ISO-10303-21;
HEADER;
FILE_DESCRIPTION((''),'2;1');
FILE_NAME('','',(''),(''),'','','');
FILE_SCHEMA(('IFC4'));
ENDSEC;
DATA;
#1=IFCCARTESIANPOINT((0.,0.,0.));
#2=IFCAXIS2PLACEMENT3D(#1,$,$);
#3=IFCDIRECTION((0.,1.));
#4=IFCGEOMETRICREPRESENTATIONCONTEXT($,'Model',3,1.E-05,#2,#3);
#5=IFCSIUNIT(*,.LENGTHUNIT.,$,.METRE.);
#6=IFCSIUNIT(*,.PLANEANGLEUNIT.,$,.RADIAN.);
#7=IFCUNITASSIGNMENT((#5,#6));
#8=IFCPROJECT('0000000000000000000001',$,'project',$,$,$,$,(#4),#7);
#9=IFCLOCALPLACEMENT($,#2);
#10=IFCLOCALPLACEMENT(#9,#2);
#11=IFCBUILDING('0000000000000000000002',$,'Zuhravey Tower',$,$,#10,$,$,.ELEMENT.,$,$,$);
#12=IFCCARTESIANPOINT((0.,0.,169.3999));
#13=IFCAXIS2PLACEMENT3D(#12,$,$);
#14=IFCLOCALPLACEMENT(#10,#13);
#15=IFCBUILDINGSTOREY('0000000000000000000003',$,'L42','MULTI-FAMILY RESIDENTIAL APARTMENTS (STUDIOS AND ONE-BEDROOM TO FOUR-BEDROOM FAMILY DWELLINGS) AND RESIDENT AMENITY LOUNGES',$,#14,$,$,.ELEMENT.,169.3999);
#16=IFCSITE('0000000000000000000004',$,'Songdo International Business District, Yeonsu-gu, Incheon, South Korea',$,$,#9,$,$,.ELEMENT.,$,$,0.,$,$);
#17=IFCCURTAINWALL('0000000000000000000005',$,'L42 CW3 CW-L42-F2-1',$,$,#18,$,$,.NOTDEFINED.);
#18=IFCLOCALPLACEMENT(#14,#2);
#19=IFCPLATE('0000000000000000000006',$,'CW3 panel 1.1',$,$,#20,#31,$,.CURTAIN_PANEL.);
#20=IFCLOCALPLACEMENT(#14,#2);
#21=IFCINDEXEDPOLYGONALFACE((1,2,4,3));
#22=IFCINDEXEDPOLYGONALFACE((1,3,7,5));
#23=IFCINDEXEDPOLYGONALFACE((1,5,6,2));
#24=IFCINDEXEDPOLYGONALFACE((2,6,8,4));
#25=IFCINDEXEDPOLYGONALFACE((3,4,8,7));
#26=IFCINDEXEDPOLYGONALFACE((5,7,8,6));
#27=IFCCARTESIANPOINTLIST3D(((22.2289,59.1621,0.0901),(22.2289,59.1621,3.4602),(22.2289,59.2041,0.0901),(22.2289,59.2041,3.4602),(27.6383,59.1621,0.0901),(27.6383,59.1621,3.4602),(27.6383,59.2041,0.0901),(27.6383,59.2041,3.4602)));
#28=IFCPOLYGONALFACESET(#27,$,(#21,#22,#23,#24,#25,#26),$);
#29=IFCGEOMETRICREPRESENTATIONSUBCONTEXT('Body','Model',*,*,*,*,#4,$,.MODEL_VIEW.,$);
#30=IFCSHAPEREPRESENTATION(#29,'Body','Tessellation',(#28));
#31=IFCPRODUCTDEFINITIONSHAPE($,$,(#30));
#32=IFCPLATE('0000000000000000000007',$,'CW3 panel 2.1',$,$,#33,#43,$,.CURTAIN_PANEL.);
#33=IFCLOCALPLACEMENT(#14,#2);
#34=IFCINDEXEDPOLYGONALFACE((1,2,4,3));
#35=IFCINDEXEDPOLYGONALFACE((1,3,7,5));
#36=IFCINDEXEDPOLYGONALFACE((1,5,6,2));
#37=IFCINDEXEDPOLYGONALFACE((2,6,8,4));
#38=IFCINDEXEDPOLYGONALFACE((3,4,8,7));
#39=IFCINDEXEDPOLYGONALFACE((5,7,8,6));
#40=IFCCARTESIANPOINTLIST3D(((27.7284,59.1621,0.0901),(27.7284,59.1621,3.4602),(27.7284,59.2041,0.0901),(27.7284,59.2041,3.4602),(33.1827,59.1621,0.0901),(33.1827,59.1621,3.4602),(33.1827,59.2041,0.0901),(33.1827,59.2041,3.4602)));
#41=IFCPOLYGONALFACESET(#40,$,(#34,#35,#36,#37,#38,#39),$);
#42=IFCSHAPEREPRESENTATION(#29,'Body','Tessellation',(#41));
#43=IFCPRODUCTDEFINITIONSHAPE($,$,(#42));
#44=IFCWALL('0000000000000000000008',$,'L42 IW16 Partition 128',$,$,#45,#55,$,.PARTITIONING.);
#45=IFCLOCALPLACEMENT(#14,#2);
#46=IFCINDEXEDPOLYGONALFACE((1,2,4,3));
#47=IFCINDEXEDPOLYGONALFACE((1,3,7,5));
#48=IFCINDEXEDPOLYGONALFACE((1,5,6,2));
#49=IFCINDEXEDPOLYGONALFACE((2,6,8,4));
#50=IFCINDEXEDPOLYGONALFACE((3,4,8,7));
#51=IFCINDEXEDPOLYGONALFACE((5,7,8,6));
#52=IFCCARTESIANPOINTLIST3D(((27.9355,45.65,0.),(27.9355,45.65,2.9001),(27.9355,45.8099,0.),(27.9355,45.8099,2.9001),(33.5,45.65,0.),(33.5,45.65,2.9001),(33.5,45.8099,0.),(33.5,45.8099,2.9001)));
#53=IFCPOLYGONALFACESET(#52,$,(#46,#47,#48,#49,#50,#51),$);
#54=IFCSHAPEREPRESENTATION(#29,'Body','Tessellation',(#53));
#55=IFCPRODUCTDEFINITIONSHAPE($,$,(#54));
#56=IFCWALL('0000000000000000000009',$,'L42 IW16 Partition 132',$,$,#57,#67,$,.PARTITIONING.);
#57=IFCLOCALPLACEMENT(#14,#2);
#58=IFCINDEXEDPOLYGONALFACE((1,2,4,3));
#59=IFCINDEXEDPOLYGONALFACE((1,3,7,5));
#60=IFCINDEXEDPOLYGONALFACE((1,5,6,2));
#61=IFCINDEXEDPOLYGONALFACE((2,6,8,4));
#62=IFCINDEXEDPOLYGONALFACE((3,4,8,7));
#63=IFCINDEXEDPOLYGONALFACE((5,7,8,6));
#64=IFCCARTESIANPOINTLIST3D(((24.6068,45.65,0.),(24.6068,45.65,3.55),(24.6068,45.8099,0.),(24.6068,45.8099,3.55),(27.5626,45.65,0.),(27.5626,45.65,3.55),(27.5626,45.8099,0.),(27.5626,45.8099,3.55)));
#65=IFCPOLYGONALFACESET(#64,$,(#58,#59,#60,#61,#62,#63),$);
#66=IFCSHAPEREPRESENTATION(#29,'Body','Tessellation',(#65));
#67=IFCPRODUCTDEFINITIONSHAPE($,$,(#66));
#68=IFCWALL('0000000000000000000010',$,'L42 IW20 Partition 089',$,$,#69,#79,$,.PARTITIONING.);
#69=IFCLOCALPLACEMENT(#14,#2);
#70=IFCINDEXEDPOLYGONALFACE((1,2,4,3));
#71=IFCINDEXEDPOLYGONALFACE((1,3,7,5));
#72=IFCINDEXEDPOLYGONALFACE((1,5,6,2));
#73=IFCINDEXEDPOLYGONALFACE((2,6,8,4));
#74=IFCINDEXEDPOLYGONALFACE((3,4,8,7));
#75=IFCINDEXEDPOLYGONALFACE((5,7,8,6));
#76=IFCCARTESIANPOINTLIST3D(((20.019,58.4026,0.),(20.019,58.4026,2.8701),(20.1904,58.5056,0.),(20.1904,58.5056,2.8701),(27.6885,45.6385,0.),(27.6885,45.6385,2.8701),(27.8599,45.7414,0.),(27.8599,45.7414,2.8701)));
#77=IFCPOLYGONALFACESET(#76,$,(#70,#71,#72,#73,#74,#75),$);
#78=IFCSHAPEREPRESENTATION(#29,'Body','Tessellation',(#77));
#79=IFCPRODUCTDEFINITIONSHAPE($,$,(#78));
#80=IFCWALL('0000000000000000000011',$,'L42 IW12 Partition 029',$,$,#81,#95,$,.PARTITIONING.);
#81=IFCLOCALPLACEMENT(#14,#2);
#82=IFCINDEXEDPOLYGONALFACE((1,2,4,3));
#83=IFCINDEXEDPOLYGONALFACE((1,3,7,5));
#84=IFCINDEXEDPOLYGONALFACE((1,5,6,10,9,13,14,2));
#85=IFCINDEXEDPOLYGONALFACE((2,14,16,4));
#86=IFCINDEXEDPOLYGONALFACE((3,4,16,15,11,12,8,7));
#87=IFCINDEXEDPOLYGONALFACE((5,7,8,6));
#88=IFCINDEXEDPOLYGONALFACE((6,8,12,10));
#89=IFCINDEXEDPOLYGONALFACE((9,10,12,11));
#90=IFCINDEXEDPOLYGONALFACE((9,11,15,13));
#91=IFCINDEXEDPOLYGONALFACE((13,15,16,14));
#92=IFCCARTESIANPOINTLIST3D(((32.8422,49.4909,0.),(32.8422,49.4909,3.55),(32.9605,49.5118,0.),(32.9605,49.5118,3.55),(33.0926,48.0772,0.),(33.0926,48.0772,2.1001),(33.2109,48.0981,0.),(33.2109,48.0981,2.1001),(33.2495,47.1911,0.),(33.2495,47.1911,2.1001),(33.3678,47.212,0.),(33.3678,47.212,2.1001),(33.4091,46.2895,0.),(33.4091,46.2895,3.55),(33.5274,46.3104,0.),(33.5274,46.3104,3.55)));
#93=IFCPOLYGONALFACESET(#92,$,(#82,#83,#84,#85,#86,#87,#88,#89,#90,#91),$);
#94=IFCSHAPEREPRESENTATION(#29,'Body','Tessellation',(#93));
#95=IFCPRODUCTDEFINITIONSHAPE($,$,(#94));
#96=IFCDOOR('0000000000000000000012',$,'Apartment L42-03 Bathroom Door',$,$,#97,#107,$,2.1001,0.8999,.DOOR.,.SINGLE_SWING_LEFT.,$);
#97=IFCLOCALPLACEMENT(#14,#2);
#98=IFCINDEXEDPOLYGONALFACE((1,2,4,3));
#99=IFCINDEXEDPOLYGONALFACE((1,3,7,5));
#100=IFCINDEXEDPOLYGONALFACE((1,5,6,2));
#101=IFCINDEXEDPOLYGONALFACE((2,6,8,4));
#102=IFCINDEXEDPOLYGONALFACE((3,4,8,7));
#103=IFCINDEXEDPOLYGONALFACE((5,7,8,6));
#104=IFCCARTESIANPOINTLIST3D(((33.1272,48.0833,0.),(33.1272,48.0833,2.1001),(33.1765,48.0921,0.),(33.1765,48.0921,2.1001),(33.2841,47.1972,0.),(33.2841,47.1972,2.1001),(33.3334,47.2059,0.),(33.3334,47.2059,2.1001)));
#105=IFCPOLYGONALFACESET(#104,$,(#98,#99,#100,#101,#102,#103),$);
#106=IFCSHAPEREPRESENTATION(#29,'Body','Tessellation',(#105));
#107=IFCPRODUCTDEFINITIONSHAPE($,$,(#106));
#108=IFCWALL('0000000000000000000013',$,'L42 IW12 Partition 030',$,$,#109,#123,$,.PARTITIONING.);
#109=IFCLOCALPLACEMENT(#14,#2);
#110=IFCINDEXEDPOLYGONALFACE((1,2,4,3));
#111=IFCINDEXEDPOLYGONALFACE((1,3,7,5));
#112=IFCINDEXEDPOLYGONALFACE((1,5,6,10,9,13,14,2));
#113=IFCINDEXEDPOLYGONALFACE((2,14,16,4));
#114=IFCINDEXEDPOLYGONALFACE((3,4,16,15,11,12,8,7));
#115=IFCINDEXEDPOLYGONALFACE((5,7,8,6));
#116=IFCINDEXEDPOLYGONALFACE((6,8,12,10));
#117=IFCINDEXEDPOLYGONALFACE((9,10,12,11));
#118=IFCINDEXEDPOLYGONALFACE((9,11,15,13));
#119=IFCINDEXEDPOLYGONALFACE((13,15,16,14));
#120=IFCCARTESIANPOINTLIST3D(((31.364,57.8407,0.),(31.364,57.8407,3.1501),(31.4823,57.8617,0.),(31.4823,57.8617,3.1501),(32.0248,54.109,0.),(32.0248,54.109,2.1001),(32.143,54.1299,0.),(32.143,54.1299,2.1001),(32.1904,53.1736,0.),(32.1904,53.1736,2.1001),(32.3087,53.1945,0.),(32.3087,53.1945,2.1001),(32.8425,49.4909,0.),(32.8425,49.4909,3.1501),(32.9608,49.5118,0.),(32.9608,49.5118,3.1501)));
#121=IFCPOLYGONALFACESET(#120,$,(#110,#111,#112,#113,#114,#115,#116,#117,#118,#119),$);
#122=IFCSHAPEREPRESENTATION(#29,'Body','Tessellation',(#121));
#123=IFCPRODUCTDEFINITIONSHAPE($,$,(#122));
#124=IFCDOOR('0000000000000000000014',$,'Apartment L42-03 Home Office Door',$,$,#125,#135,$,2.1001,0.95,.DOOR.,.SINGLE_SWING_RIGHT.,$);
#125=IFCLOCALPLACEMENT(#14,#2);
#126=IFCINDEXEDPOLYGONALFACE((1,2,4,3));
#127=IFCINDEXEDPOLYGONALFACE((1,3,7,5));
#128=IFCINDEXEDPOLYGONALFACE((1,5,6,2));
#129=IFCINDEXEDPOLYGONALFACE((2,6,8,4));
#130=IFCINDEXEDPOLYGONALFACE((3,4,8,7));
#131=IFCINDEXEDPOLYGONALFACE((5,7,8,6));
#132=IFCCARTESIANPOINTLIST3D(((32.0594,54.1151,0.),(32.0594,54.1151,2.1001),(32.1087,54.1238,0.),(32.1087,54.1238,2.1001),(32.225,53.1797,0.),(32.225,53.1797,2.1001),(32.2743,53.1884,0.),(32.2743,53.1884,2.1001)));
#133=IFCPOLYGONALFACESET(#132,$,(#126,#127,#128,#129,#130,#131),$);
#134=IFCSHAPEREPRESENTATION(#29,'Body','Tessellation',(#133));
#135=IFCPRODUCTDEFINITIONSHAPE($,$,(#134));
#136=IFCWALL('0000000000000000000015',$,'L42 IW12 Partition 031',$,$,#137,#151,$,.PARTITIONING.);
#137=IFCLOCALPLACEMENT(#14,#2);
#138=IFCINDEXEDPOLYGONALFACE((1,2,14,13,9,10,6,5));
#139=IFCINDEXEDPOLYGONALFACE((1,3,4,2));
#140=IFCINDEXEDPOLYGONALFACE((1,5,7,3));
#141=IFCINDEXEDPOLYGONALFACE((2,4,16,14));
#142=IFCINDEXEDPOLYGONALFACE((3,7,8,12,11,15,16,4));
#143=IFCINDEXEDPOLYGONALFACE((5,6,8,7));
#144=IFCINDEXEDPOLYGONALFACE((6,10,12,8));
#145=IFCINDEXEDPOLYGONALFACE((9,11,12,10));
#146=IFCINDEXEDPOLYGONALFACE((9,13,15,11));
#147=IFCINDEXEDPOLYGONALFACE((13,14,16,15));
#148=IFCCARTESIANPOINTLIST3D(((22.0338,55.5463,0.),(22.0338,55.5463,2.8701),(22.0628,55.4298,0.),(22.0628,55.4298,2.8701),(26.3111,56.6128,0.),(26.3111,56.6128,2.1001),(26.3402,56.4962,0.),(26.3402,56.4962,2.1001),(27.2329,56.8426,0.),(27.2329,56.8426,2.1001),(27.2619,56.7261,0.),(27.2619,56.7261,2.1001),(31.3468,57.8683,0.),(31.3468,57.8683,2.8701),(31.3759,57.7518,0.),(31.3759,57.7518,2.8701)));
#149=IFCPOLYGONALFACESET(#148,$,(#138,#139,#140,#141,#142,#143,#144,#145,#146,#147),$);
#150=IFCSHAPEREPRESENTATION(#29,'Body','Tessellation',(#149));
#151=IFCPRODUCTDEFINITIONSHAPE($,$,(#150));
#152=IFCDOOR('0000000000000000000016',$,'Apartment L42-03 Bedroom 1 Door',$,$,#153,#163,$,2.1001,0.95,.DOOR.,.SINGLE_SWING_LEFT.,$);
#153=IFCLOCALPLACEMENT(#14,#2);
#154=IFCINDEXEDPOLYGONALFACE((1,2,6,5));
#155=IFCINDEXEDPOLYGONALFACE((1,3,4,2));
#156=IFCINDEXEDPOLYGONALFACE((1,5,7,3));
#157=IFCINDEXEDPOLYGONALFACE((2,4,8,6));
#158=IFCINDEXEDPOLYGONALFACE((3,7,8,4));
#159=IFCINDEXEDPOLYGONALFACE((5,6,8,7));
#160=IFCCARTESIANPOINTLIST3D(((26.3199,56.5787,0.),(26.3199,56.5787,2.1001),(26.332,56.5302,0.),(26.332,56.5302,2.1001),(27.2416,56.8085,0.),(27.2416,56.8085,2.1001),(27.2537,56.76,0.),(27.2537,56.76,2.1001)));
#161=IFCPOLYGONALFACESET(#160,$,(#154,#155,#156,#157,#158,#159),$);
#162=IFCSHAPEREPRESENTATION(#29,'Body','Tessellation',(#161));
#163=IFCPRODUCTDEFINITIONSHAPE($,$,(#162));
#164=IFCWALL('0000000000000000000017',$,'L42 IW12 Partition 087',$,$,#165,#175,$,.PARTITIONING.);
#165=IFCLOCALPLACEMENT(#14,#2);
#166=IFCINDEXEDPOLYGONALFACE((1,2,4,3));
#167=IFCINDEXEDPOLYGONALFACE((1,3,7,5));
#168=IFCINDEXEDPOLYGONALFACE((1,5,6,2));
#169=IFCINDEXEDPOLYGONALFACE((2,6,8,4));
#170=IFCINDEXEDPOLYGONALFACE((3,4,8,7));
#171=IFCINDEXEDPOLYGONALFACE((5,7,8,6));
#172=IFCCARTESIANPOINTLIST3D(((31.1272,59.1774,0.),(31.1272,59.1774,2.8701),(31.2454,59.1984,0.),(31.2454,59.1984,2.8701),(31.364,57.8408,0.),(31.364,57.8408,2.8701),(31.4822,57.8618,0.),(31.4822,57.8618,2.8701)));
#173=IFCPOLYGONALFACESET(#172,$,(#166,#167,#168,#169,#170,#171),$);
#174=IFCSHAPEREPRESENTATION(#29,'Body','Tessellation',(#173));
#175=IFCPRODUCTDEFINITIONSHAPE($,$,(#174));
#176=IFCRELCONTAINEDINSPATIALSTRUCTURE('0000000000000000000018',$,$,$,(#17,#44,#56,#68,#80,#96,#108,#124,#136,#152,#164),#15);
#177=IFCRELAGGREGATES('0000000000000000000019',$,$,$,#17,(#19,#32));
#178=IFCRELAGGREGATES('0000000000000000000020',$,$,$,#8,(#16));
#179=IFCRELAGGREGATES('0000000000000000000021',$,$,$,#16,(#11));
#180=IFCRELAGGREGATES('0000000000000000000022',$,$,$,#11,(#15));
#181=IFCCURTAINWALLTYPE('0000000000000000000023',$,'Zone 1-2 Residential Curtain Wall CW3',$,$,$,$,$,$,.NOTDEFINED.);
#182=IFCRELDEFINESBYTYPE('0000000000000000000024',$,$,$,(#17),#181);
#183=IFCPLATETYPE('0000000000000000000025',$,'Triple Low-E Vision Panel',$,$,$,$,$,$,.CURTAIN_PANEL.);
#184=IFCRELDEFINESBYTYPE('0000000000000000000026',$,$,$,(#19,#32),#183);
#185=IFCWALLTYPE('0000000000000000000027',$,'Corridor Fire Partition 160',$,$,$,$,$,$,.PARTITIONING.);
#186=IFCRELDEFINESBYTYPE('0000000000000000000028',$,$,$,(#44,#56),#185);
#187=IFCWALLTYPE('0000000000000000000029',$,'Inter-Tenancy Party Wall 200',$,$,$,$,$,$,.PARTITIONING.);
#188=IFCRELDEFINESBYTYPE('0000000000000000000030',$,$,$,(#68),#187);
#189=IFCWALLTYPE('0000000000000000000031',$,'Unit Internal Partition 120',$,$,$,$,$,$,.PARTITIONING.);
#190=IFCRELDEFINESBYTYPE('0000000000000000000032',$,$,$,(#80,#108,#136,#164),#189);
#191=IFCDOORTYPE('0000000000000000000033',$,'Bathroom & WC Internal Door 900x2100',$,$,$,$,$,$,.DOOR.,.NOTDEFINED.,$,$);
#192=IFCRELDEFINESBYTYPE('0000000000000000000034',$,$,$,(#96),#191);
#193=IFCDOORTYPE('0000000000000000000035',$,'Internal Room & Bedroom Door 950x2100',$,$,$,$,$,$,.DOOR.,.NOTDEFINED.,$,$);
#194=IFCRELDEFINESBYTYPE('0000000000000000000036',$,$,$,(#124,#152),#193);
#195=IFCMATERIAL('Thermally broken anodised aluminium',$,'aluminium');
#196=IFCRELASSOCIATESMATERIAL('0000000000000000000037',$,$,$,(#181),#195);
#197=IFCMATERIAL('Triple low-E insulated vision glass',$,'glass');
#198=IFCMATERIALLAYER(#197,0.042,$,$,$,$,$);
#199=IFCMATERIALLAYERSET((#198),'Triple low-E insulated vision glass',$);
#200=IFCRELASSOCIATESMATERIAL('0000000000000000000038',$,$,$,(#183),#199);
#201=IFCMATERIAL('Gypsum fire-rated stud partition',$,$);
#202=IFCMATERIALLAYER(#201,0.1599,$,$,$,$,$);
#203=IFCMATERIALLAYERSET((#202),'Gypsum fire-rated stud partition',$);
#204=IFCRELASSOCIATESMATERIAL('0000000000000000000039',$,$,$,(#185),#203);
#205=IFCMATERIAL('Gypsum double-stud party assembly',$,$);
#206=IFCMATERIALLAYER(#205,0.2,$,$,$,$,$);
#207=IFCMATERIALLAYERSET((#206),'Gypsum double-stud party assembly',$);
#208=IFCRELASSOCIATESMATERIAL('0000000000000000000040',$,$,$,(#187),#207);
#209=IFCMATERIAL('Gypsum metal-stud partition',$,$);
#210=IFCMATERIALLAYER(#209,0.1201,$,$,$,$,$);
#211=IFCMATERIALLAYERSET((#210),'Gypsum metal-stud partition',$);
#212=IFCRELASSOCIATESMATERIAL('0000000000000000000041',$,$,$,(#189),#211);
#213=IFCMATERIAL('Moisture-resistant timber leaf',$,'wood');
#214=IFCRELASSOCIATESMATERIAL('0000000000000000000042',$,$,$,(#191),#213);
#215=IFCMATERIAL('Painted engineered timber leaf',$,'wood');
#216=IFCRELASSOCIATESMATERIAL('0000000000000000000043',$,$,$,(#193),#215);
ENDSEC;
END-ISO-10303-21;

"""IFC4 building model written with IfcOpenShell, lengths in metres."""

from ifc_helpers import new_model, si_unit, direction, frame, frame_2d, origin, origin_2d, place, context, subcontext, project, spatial, rectangle, extrude, material, layer, layer_set, type_object, element, fill, aggregate, save


model = new_model("IFC4")

# Units and contexts
model_context = context("Model", 3, precision=1e-05, world=origin(), true_north=direction((0.0, 1.0)))
body_context = subcontext(model_context, "Body", "Model", "MODEL_VIEW")
ifc_project = project(units=[si_unit("LENGTHUNIT", "METRE"), si_unit("PLANEANGLEUNIT", "RADIAN")], contexts=[model_context])

# Site, building, storey
site_placement = place(None, origin())
site = spatial("IfcSite", under=ifc_project, at=site_placement, Name="Songdo International Business District, Yeonsu-gu, Incheon, South Korea", CompositionType="ELEMENT", RefElevation=0.0)
building_placement = place(site_placement, origin())
building = spatial("IfcBuilding", under=site, at=building_placement, Name="Zuhravey Tower", CompositionType="ELEMENT")
storey_placement = place(building_placement, frame((0.0, 0.0, 169.3999)))
storey = spatial("IfcBuildingStorey", under=building, at=storey_placement, Name="L42", Description="MULTI-FAMILY RESIDENTIAL APARTMENTS (STUDIOS AND ONE-BEDROOM TO FOUR-BEDROOM FAMILY DWELLINGS) AND RESIDENT AMENITY LOUNGES", CompositionType="ELEMENT", Elevation=169.3999)

# Curtain wall
ifc_material_1 = material(Name="Thermally broken anodised aluminium", Category="aluminium")
curtain_wall_type = type_object("IfcCurtainWallType", Name="Zone 1-2 Residential Curtain Wall CW3", PredefinedType="NOTDEFINED", material=ifc_material_1)
curtain_wall_placement = place(storey_placement, origin())
curtain_wall = element("IfcCurtainWall", 1, at=curtain_wall_placement, inside=storey, type_object=curtain_wall_type, Name="L42 CW3 CW-L42-F2-1", PredefinedType="NOTDEFINED")

# Plates
ifc_material_2 = material(Name="Triple low-E insulated vision glass", Category="glass")
ifc_layer_1 = layer(ifc_material_2, 0.042)
ifc_layer_set_1 = layer_set([ifc_layer_1], Name="Triple low-E insulated vision glass")
plate_type_1 = type_object("IfcPlateType", Name="Triple Low-E Vision Panel", PredefinedType="CURTAIN_PANEL", material=ifc_layer_set_1)
plate_1_placement = place(storey_placement, frame((24.9336, 59.1831, 0.0901), z_axis=(0.0, 0.0, 1.0), x_axis=(1.0, 0.0, 0.0)))
plate_1 = element("IfcPlate", 2, at=plate_1_placement, type_object=plate_type_1, Name="CW3 panel 1.1", PredefinedType="CURTAIN_PANEL", context=body_context, shape_type="SweptSolid", body=[
    extrude(rectangle(XDim=5.4094, YDim=0.042, at=origin_2d()), origin(), (0.0, 0.0, 1.0), 3.3701),
])
plate_2_placement = place(storey_placement, frame((30.4556, 59.1831, 0.0901), z_axis=(0.0, 0.0, 1.0), x_axis=(1.0, 0.0, 0.0)))
plate_2 = element("IfcPlate", 3, at=plate_2_placement, type_object=plate_type_1, Name="CW3 panel 2.1", PredefinedType="CURTAIN_PANEL", context=body_context, shape_type="SweptSolid", body=[
    extrude(rectangle(XDim=5.4543, YDim=0.042, at=origin_2d()), origin(), (0.0, 0.0, 1.0), 3.3701),
])
aggregate(curtain_wall, [plate_1, plate_2])

# Shared definitions
ifc_material_3 = material(Name="Gypsum fire-rated stud partition")
ifc_layer_2 = layer(ifc_material_3, 0.1599)
ifc_layer_set_2 = layer_set([ifc_layer_2], Name="Gypsum fire-rated stud partition")
wall_type_1 = type_object("IfcWallType", Name="Corridor Fire Partition 160", PredefinedType="PARTITIONING", material=ifc_layer_set_2)

# Walls
wall_1_placement = place(storey_placement, frame((33.5, 45.73, 0.0), z_axis=(0.0, 0.0, 1.0), x_axis=(-1.0, 0.0, 0.0)))
element("IfcWall", 4, at=wall_1_placement, inside=storey, type_object=wall_type_1, Name="L42 IW16 Partition 128", PredefinedType="PARTITIONING", context=body_context, shape_type="SweptSolid", body=[
    extrude(rectangle(XDim=5.5645, YDim=0.1599, at=frame_2d((2.7822, 0.0))), origin(), (0.0, 0.0, 1.0), 2.9001),
])
wall_2_placement = place(storey_placement, frame((27.5627, 45.73, 0.0), z_axis=(0.0, 0.0, 1.0), x_axis=(-1.0, 0.0, 0.0)))
element("IfcWall", 5, at=wall_2_placement, inside=storey, type_object=wall_type_1, Name="L42 IW16 Partition 132", PredefinedType="PARTITIONING", context=body_context, shape_type="SweptSolid", body=[
    extrude(rectangle(XDim=2.9558, YDim=0.1599, at=frame_2d((1.478, 0.0))), origin(), (0.0, 0.0, 1.0), 3.55),
])
ifc_material_4 = material(Name="Gypsum double-stud party assembly")
ifc_layer_3 = layer(ifc_material_4, 0.2)
ifc_layer_set_3 = layer_set([ifc_layer_3], Name="Gypsum double-stud party assembly")
wall_type_2 = type_object("IfcWallType", Name="Inter-Tenancy Party Wall 200", PredefinedType="PARTITIONING", material=ifc_layer_set_3)
wall_3_placement = place(storey_placement, frame((27.7742, 45.6899, 0.0), z_axis=(0.0, 0.0, 1.0), x_axis=(-0.515036, 0.857169, 0.0)))
element("IfcWall", 6, at=wall_3_placement, inside=storey, type_object=wall_type_2, Name="L42 IW20 Partition 089", PredefinedType="PARTITIONING", context=body_context, shape_type="SweptSolid", body=[
    extrude(rectangle(XDim=14.8911, YDim=0.2, at=frame_2d((7.4456, 0.0))), origin(), (0.0, 0.0, 1.0), 2.8701),
])

# Walls, openings, doors
ifc_material_5 = material(Name="Gypsum metal-stud partition")
ifc_layer_4 = layer(ifc_material_5, 0.1201)
ifc_layer_set_4 = layer_set([ifc_layer_4], Name="Gypsum metal-stud partition")
wall_type_3 = type_object("IfcWallType", Name="Unit Internal Partition 120", PredefinedType="PARTITIONING", material=ifc_layer_set_4)
wall_4_placement = place(storey_placement, frame((33.4683, 46.3, 0.0), z_axis=(0.0, 0.0, 1.0), x_axis=(-0.174364, 0.984681, 0.0)))
wall_4 = element("IfcWall", 7, at=wall_4_placement, inside=storey, type_object=wall_type_3, Name="L42 IW12 Partition 029", PredefinedType="PARTITIONING", context=body_context, shape_type="SweptSolid", body=[
    extrude(rectangle(XDim=3.2512, YDim=0.1201, at=frame_2d((1.6255, 0.0))), origin(), (0.0, 0.0, 1.0), 3.55),
])
opening_1_placement = place(wall_4_placement, frame((0.9155, 0.0, 0.0)))
opening_1 = element("IfcOpeningElement", 8, at=opening_1_placement, cuts=wall_4, PredefinedType="OPENING", context=body_context, shape_type="SweptSolid", body=[
    extrude(rectangle(XDim=0.8999, YDim=2.1001, at=frame_2d((0.45, 1.05))), frame((0.0, 0.072, 0.0), z_axis=(0.0, -1.0, 0.0), x_axis=(1.0, 0.0, 0.0)), (0.0, 0.0, 1.0), 0.144),
])
ifc_material_6 = material(Name="Moisture-resistant timber leaf", Category="wood")
door_type_1 = type_object("IfcDoorType", Name="Bathroom & WC Internal Door 900x2100", OperationType="NOTDEFINED", PredefinedType="DOOR", material=ifc_material_6)
door_1_placement = place(opening_1_placement, origin())
door_1 = element("IfcDoor", 9, at=door_1_placement, inside=storey, type_object=door_type_1, Name="Apartment L42-03 Bathroom Door", OperationType="SINGLE_SWING_LEFT", OverallHeight=2.1001, OverallWidth=0.8999, PredefinedType="DOOR", context=body_context, shape_type="SweptSolid", body=[
    extrude(rectangle(XDim=0.8999, YDim=2.1001, at=frame_2d((0.45, 1.05))), frame((0.0, 0.0249, 0.0), z_axis=(0.0, -1.0, 0.0), x_axis=(1.0, 0.0, 0.0)), (0.0, 0.0, 1.0), 0.05),
])
fill(opening_1, door_1)
wall_5_placement = place(storey_placement, frame((32.9016, 49.5015, 0.0), z_axis=(0.0, 0.0, 1.0), x_axis=(-0.174359, 0.984682, 0.0)))
wall_5 = element("IfcWall", 10, at=wall_5_placement, inside=storey, type_object=wall_type_3, Name="L42 IW12 Partition 030", PredefinedType="PARTITIONING", context=body_context, shape_type="SweptSolid", body=[
    extrude(rectangle(XDim=8.4797, YDim=0.1201, at=frame_2d((4.2397, 0.0))), origin(), (0.0, 0.0, 1.0), 3.1501),
])
opening_2_placement = place(wall_5_placement, frame((3.7397, 0.0, 0.0)))
opening_2 = element("IfcOpeningElement", 11, at=opening_2_placement, cuts=wall_5, PredefinedType="OPENING", context=body_context, shape_type="SweptSolid", body=[
    extrude(rectangle(XDim=0.95, YDim=2.1001, at=frame_2d((0.4751, 1.05))), frame((0.0, 0.072, 0.0), z_axis=(0.0, -1.0, 0.0), x_axis=(1.0, 0.0, 0.0)), (0.0, 0.0, 1.0), 0.144),
])
ifc_material_7 = material(Name="Painted engineered timber leaf", Category="wood")
door_type_2 = type_object("IfcDoorType", Name="Internal Room & Bedroom Door 950x2100", OperationType="NOTDEFINED", PredefinedType="DOOR", material=ifc_material_7)
door_2_placement = place(opening_2_placement, origin())
door_2 = element("IfcDoor", 12, at=door_2_placement, inside=storey, type_object=door_type_2, Name="Apartment L42-03 Home Office Door", OperationType="SINGLE_SWING_RIGHT", OverallHeight=2.1001, OverallWidth=0.95, PredefinedType="DOOR", context=body_context, shape_type="SweptSolid", body=[
    extrude(rectangle(XDim=0.95, YDim=2.1001, at=frame_2d((0.4751, 1.05))), frame((0.0, 0.0249, 0.0), z_axis=(0.0, -1.0, 0.0), x_axis=(1.0, 0.0, 0.0)), (0.0, 0.0, 1.0), 0.05),
])
fill(opening_2, door_2)
wall_6_placement = place(storey_placement, frame((31.3613, 57.8101, 0.0), z_axis=(0.0, 0.0, 1.0), x_axis=(-0.970295, -0.241925, 0.0)))
wall_6 = element("IfcWall", 13, at=wall_6_placement, inside=storey, type_object=wall_type_3, Name="L42 IW12 Partition 031", PredefinedType="PARTITIONING", context=body_context, shape_type="SweptSolid", body=[
    extrude(rectangle(XDim=9.5981, YDim=0.1201, at=frame_2d((4.7991, 0.0))), origin(), (0.0, 0.0, 1.0), 2.8701),
])
opening_3_placement = place(wall_6_placement, frame((4.2397, 0.0, 0.0)))
opening_3 = element("IfcOpeningElement", 14, at=opening_3_placement, cuts=wall_6, PredefinedType="OPENING", context=body_context, shape_type="SweptSolid", body=[
    extrude(rectangle(XDim=0.95, YDim=2.1001, at=frame_2d((0.4751, 1.05))), frame((0.0, 0.072, 0.0), z_axis=(0.0, -1.0, 0.0), x_axis=(1.0, 0.0, 0.0)), (0.0, 0.0, 1.0), 0.144),
])
door_3_placement = place(opening_3_placement, frame((0.95, 0.0, 0.0), z_axis=(0.0, 0.0, 1.0), x_axis=(-1.0, 0.0, 0.0)))
door_3 = element("IfcDoor", 15, at=door_3_placement, inside=storey, type_object=door_type_2, Name="Apartment L42-03 Bedroom 1 Door", OperationType="SINGLE_SWING_LEFT", OverallHeight=2.1001, OverallWidth=0.95, PredefinedType="DOOR", context=body_context, shape_type="SweptSolid", body=[
    extrude(rectangle(XDim=0.95, YDim=2.1001, at=frame_2d((0.4751, 1.05))), frame((0.0, 0.0249, 0.0), z_axis=(0.0, -1.0, 0.0), x_axis=(1.0, 0.0, 0.0)), (0.0, 0.0, 1.0), 0.05),
])
fill(opening_3, door_3)

# Wall
wall_7_placement = place(storey_placement, frame((31.4231, 57.8513, 0.0), z_axis=(0.0, 0.0, 1.0), x_axis=(-0.174452, 0.984666, 0.0)))
element("IfcWall", 16, at=wall_7_placement, inside=storey, type_object=wall_type_3, Name="L42 IW12 Partition 087", PredefinedType="PARTITIONING", context=body_context, shape_type="SweptSolid", body=[
    extrude(rectangle(XDim=1.3574, YDim=0.1201, at=frame_2d((0.6787, 0.0))), origin(), (0.0, 0.0, 1.0), 2.8701),
])

save(model, "model.ifc")
